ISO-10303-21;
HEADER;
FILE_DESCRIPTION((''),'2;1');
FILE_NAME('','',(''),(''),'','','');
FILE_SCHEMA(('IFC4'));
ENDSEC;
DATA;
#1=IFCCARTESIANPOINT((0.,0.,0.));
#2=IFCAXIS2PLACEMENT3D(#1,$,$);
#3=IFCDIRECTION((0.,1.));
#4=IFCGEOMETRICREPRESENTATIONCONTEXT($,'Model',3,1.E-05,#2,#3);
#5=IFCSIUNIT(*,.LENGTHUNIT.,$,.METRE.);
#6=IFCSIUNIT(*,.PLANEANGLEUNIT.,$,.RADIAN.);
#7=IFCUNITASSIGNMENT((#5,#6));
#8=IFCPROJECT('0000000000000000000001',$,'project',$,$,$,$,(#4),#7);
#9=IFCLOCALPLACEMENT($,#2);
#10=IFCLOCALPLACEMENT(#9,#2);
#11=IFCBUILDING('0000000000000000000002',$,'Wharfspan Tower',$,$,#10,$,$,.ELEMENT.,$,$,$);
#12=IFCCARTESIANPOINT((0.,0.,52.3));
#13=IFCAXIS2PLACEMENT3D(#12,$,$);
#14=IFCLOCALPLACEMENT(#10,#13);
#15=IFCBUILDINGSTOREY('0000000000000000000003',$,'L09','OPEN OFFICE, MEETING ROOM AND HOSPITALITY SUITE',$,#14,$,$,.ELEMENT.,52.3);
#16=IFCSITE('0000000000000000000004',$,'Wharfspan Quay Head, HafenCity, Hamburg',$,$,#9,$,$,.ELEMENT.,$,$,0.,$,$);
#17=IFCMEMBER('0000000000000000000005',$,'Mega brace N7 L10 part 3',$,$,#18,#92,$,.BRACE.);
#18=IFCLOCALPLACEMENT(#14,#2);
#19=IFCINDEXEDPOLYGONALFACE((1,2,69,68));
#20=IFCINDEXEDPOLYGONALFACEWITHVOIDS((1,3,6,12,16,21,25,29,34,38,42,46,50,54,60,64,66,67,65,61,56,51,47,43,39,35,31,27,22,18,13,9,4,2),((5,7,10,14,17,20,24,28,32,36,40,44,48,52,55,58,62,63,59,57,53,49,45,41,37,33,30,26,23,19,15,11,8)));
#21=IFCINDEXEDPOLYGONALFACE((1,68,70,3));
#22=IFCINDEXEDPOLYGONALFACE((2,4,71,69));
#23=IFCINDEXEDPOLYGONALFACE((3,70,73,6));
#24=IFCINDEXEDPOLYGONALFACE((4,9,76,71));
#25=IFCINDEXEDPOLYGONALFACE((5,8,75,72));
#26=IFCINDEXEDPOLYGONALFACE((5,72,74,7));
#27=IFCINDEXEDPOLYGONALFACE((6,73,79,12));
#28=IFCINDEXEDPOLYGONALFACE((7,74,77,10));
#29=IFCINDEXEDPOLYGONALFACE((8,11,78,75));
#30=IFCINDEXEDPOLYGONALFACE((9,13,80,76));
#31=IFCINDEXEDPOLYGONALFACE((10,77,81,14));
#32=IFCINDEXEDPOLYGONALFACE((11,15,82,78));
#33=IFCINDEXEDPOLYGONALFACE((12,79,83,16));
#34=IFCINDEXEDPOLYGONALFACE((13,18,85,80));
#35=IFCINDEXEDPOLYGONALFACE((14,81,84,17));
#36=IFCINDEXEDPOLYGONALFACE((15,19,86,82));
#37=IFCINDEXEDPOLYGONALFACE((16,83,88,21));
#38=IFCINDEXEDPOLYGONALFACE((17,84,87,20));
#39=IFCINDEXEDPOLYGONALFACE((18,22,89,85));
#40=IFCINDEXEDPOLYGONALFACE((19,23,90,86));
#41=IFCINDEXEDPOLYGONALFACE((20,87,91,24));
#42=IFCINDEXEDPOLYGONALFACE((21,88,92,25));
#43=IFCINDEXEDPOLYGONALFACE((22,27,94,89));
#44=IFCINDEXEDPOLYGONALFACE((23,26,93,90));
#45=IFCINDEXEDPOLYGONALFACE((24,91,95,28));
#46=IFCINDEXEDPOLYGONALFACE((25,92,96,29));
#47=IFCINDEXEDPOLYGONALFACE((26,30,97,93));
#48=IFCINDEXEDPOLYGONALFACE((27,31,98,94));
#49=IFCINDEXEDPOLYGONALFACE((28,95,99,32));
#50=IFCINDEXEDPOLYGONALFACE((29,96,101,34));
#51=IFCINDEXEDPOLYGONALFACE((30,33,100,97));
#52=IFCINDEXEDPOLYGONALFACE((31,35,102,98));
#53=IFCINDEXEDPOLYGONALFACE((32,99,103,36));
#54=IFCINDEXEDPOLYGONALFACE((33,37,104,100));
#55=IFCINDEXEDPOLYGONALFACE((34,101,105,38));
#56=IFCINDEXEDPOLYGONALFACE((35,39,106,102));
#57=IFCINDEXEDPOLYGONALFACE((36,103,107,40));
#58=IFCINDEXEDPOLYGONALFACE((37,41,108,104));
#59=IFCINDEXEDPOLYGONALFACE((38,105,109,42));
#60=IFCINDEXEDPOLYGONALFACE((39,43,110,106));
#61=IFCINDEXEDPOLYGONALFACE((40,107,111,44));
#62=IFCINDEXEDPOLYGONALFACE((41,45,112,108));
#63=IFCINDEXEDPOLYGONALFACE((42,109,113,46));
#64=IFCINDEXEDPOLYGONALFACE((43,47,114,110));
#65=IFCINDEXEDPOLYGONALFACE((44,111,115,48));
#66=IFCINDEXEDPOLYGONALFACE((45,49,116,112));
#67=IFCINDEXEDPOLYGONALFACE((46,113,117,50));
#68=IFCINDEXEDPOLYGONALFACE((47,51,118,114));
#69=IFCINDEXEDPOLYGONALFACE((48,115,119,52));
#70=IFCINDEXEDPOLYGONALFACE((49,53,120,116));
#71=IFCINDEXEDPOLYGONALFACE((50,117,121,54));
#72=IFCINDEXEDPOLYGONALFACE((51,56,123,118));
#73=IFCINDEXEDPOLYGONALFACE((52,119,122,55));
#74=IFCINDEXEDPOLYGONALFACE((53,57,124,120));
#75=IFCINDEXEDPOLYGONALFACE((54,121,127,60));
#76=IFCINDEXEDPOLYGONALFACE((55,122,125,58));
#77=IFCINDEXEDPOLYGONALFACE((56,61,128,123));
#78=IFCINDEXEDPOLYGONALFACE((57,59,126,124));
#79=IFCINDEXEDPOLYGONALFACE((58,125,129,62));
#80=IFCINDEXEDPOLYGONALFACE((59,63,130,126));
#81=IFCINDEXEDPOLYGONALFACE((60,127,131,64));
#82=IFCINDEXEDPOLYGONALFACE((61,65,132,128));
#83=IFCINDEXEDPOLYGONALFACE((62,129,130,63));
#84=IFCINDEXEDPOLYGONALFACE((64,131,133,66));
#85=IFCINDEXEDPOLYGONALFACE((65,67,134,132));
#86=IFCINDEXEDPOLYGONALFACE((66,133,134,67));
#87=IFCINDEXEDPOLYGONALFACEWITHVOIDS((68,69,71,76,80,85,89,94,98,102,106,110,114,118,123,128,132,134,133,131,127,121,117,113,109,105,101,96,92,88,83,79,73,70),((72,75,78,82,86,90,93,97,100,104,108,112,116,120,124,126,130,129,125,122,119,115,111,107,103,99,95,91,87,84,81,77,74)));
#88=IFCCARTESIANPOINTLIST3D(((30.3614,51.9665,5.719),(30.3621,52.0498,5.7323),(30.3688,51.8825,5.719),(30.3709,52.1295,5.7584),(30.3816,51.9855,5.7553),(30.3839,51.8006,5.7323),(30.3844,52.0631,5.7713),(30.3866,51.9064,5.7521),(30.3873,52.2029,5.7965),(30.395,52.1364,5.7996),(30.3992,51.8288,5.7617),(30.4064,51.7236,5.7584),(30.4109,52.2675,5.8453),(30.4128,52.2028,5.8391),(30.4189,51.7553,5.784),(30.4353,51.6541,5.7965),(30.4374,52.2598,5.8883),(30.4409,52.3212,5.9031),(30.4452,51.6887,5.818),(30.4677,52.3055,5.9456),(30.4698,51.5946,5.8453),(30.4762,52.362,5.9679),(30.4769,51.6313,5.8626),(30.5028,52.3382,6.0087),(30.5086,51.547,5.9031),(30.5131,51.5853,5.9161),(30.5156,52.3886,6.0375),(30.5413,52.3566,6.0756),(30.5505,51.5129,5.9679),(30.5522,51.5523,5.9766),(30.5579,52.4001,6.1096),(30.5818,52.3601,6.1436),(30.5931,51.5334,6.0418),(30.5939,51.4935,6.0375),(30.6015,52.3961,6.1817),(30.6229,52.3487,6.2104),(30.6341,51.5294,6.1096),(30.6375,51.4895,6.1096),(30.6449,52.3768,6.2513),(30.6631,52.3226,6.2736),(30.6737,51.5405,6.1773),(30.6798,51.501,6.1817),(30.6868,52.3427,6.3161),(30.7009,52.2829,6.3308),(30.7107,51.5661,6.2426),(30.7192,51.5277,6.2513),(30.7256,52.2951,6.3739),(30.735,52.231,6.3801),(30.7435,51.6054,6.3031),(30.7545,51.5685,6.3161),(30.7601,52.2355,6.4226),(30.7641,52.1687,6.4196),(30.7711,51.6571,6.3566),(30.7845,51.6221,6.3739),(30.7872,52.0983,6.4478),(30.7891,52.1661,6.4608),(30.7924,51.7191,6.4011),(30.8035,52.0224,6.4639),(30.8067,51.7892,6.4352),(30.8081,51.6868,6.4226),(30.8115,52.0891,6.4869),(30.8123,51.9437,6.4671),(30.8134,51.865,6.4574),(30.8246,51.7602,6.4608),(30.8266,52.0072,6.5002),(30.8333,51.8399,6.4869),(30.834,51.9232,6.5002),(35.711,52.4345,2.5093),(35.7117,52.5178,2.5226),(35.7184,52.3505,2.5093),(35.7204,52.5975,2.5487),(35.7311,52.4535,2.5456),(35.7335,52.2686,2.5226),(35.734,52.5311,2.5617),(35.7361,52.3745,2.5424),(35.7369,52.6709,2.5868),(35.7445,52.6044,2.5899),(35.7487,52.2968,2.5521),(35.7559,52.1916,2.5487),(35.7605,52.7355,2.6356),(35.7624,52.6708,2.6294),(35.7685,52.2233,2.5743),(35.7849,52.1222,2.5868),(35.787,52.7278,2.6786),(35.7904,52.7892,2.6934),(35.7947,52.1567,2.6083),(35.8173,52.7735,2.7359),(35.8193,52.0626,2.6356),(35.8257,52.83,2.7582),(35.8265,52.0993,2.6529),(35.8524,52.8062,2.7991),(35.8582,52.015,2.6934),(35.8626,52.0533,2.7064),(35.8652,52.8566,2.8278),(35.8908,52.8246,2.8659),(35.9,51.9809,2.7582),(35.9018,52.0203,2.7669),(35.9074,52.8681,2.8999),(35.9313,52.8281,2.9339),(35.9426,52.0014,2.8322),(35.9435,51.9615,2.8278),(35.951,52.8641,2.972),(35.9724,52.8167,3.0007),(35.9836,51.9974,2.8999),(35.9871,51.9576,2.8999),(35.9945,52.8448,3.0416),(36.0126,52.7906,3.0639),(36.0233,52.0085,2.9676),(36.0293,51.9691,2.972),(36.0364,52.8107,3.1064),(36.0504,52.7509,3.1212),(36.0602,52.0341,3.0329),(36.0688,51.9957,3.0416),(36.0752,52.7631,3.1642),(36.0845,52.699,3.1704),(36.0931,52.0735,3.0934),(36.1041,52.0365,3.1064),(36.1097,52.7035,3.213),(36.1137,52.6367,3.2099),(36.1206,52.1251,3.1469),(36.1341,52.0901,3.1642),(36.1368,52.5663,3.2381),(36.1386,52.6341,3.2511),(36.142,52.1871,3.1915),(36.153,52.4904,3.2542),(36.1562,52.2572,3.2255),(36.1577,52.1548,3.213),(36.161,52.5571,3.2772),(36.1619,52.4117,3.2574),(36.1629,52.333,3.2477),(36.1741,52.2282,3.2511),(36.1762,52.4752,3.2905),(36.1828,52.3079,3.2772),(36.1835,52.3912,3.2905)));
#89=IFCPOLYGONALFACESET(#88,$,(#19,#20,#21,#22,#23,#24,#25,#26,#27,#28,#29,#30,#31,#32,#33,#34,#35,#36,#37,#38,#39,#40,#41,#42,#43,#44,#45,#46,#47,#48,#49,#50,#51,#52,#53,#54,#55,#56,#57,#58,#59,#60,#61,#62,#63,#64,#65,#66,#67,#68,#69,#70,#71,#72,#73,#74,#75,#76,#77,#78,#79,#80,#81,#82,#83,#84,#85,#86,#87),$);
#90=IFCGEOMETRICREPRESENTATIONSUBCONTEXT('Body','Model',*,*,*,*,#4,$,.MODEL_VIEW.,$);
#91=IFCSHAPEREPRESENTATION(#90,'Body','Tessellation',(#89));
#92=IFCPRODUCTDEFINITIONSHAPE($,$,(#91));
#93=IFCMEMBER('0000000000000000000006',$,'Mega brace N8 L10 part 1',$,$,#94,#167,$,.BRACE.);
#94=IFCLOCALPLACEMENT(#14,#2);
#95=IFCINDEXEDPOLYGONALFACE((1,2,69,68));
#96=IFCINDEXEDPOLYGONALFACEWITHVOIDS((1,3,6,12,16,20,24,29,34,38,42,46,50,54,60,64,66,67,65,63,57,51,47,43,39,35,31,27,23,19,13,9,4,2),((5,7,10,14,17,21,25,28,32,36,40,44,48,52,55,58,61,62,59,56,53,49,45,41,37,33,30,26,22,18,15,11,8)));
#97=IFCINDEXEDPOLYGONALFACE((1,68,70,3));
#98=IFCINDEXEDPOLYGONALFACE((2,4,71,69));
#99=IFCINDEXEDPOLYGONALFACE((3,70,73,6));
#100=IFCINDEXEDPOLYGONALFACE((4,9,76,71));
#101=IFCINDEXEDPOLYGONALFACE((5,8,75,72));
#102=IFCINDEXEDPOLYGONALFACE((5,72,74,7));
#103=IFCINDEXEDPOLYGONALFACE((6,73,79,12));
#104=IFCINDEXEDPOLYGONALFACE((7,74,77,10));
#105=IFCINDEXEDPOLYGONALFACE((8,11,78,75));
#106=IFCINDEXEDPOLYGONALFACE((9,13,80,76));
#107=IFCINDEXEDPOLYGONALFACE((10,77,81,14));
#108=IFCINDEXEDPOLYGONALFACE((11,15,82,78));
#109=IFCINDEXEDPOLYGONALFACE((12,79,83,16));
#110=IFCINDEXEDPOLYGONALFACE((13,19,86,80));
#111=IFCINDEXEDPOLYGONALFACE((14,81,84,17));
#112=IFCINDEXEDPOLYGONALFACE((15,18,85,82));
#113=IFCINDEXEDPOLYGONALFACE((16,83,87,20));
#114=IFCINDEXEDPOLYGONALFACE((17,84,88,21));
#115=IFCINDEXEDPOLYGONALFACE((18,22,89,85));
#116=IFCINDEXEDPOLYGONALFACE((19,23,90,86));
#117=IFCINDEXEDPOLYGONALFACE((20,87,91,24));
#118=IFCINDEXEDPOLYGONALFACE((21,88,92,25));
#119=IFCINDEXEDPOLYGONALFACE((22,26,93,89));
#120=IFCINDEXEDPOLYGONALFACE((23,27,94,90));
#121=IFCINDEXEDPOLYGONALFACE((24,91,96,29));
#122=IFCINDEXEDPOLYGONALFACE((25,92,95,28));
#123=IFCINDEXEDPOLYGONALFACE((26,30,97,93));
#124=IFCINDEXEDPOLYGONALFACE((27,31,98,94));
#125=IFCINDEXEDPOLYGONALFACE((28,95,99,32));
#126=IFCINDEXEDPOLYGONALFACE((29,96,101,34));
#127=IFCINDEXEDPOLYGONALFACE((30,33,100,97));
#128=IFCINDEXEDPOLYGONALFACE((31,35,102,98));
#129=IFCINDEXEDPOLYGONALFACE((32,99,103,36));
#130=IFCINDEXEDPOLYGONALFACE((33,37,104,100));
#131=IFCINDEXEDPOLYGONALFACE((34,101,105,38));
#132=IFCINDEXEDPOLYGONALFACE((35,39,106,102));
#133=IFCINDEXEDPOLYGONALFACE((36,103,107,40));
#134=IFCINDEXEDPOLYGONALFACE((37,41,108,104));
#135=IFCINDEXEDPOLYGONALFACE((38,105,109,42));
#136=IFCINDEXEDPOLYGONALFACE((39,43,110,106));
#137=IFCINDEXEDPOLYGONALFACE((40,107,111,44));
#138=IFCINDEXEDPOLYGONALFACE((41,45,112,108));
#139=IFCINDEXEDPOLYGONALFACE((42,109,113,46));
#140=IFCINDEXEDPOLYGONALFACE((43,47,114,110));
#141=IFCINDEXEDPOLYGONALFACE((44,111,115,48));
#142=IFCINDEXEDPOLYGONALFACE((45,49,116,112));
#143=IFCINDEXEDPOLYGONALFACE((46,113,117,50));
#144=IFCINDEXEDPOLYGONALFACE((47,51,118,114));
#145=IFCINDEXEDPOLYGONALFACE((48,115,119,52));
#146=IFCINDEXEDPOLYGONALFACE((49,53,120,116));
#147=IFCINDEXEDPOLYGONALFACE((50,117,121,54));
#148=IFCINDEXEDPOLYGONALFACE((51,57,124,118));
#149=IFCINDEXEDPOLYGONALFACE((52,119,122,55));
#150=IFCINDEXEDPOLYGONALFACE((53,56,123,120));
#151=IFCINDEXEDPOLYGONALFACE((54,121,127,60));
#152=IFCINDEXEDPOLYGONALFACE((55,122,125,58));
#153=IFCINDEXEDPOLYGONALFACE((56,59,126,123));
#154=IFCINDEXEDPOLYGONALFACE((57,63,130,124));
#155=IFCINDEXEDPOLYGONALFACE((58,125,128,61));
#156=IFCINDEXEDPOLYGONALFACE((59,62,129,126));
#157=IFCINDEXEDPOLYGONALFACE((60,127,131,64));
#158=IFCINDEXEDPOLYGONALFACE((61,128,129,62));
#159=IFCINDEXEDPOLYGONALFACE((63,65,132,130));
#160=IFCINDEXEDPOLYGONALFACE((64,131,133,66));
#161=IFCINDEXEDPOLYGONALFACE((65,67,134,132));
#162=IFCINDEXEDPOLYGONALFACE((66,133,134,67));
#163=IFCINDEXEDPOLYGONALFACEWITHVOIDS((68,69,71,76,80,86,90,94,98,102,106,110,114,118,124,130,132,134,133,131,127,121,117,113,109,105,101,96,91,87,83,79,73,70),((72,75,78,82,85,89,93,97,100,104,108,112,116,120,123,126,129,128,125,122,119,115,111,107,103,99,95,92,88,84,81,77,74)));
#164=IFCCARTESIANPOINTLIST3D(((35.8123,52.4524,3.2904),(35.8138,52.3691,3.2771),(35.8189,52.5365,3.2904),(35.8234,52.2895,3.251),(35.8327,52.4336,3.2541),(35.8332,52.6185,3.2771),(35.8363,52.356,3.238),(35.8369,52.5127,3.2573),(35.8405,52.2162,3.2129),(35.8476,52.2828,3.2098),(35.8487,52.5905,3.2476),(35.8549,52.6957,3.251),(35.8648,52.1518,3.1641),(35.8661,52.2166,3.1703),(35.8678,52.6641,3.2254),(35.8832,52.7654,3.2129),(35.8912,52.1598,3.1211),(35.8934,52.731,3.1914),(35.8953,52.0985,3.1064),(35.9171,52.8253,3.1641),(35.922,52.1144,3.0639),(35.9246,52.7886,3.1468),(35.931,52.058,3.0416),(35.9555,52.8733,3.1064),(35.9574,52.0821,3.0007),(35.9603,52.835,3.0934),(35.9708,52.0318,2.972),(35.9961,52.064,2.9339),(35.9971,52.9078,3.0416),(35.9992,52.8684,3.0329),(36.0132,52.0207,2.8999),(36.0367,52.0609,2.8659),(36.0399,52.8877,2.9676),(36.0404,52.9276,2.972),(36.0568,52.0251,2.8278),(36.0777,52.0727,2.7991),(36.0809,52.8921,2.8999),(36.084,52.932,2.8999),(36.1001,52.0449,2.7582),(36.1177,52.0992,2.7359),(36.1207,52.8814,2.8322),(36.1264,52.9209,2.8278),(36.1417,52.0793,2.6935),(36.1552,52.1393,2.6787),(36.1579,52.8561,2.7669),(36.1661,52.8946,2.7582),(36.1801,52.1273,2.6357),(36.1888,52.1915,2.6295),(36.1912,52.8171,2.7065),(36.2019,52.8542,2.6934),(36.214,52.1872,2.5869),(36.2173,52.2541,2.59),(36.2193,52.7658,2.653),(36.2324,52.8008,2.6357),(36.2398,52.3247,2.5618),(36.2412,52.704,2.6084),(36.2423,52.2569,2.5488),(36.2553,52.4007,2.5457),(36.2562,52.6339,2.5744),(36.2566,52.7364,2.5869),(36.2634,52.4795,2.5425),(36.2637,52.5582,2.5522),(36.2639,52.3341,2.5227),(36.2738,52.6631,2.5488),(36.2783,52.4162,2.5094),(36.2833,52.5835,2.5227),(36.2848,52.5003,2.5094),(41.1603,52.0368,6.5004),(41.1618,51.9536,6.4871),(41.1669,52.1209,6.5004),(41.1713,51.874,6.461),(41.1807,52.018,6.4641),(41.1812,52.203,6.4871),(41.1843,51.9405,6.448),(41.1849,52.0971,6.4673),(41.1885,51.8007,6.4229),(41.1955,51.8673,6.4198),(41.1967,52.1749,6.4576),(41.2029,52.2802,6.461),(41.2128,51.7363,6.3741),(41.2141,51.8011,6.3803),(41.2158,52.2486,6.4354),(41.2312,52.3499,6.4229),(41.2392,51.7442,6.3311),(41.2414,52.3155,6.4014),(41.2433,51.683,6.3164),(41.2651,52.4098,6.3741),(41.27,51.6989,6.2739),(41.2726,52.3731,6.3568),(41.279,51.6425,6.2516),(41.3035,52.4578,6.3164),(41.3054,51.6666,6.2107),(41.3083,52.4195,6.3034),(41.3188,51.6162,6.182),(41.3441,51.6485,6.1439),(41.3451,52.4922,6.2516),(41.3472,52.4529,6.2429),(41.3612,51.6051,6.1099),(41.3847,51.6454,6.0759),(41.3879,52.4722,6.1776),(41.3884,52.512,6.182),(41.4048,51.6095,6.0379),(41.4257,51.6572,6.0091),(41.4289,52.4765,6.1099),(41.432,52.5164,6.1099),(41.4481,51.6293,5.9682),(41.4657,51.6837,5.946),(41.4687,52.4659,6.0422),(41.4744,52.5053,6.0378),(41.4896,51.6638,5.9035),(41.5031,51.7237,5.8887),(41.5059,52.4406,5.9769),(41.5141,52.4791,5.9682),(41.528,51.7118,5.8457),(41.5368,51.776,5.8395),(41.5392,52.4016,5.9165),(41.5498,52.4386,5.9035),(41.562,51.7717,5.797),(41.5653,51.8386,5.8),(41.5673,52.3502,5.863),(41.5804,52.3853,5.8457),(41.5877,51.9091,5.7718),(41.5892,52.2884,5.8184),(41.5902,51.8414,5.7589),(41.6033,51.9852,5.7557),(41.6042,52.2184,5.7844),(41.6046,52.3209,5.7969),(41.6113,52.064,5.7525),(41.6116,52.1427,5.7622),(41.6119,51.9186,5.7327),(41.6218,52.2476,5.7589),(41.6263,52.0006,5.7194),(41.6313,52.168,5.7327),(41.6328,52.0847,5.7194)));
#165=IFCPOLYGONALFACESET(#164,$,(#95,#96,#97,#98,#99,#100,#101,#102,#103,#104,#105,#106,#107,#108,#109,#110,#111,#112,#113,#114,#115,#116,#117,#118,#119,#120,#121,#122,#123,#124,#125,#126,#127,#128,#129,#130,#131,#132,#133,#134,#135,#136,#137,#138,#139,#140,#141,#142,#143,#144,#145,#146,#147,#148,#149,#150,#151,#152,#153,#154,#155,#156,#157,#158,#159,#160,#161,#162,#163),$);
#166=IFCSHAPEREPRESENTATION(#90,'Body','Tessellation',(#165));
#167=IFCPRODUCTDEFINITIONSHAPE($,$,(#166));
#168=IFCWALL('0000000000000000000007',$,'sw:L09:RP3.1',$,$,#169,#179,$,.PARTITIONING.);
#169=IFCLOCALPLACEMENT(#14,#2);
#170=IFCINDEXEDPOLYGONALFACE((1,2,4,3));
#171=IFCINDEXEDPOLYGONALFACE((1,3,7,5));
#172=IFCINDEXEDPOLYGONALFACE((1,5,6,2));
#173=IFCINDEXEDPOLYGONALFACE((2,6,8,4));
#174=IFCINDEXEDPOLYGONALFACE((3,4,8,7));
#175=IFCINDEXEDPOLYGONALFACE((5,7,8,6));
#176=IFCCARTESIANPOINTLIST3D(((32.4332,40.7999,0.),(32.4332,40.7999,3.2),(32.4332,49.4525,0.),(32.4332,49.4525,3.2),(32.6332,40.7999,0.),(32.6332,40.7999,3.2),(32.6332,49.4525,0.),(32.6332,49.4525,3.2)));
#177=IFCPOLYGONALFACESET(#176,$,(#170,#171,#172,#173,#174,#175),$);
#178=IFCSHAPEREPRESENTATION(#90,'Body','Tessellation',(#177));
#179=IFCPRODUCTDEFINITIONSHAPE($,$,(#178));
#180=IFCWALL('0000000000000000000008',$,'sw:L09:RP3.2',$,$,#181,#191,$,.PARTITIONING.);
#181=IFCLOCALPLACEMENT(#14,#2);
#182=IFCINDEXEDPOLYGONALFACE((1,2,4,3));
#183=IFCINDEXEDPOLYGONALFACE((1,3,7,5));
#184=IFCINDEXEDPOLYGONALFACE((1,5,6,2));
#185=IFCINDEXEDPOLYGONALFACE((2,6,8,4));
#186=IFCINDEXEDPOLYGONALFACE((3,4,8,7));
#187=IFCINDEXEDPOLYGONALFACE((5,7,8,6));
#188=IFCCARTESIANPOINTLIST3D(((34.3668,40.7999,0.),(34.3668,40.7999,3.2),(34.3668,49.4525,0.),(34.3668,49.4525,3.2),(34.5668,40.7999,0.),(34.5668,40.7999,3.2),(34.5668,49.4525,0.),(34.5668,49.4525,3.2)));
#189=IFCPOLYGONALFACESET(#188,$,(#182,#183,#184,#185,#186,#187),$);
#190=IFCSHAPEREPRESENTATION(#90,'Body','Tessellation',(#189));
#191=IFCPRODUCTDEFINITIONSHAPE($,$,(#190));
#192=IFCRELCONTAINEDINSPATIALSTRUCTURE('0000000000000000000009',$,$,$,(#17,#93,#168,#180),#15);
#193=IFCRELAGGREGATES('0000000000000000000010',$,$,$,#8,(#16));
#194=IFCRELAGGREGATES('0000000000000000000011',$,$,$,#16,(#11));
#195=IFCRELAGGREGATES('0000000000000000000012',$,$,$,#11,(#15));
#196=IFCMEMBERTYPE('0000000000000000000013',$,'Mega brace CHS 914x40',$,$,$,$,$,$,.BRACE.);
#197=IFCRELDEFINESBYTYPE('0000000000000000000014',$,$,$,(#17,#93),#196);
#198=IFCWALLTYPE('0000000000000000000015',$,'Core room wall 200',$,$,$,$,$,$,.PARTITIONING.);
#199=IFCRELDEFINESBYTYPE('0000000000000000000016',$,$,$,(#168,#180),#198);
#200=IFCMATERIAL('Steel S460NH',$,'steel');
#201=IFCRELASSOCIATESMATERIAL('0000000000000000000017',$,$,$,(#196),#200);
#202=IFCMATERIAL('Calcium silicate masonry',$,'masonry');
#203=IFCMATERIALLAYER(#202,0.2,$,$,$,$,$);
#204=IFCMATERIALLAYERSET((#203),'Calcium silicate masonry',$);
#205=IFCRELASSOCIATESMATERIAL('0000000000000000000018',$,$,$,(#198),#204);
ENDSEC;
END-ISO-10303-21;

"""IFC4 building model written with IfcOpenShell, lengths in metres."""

from ifc_helpers import new_model, si_unit, direction, frame, frame_2d, origin, origin_2d, place, context, subcontext, project, spatial, rectangle, hollow_circle, extrude, material, layer, layer_set, material_profile, profile_set, type_object, element, save


model = new_model("IFC4")

# Units and contexts
model_context = context("Model", 3, precision=1e-05, world=origin(), true_north=direction((0.0, 1.0)))
body_context = subcontext(model_context, "Body", "Model", "MODEL_VIEW")
ifc_project = project(units=[si_unit("LENGTHUNIT", "METRE"), si_unit("PLANEANGLEUNIT", "RADIAN")], contexts=[model_context])

# Site, building, storey
site_placement = place(None, origin())
site = spatial("IfcSite", under=ifc_project, at=site_placement, Name="Wharfspan Quay Head, HafenCity, Hamburg", CompositionType="ELEMENT", RefElevation=0.0)
building_placement = place(site_placement, origin())
building = spatial("IfcBuilding", under=site, at=building_placement, Name="Wharfspan Tower", CompositionType="ELEMENT")
storey_placement = place(building_placement, frame((0.0, 0.0, 52.3)))
storey = spatial("IfcBuildingStorey", under=building, at=storey_placement, Name="L09", Description="OPEN OFFICE, MEETING ROOM AND HOSPITALITY SUITE", CompositionType="ELEMENT", Elevation=52.3)

# Members
ifc_material_1 = material(Name="Steel S460NH", Category="steel")
ifc_material_profile_1 = material_profile(ifc_material_1, hollow_circle(Radius=0.457, WallThickness=0.04, at=origin_2d()))
ifc_profile_set_1 = profile_set([ifc_material_profile_1], Name="Steel S460NH")
member_type = type_object("IfcMemberType", Name="Mega brace CHS 914x40", PredefinedType="BRACE", material=ifc_profile_set_1)
member_1_placement = place(storey_placement, frame((35.9473, 52.4128, 2.8999), z_axis=(-0.855094, -0.074809, 0.513048), x_axis=(0.087154, -0.996195, 0.000001)))
element("IfcMember", 1, at=member_1_placement, inside=storey, type_object=member_type, Name="Mega brace N7 L10 part 3", PredefinedType="BRACE", context=body_context, shape_type="SweptSolid", body=[
    extrude(hollow_circle(Radius=0.457, WallThickness=0.04, at=origin_2d()), origin(), (0.0, 0.0, 1.0), 6.2561),
])
member_2_placement = place(storey_placement, frame((36.0486, 52.4763, 2.8999), z_axis=(0.85551, -0.066472, 0.513501), x_axis=(0.077467, 0.996995, -0.000003)))
element("IfcMember", 2, at=member_2_placement, inside=storey, type_object=member_type, Name="Mega brace N8 L10 part 1", PredefinedType="BRACE", context=body_context, shape_type="SweptSolid", body=[
    extrude(hollow_circle(Radius=0.457, WallThickness=0.04, at=origin_2d()), origin(), (0.0, 0.0, 1.0), 6.2512),
])

# Walls
ifc_material_2 = material(Name="Calcium silicate masonry", Category="masonry")
ifc_layer_1 = layer(ifc_material_2, 0.2)
ifc_layer_set_1 = layer_set([ifc_layer_1], Name="Calcium silicate masonry")
wall_type_1 = type_object("IfcWallType", Name="Core room wall 200", PredefinedType="PARTITIONING", material=ifc_layer_set_1)
for number, where, z_axis, x_axis, name in (
    (3, (32.5332, 40.8, 0.0), (0.0, 0.0, 1.0), (0.0, 1.0, 0.0), "sw:L09:RP3.1"),
    (4, (34.4668, 40.8, 0.0), (0.0, 0.0, 1.0), (0.0, 1.0, 0.0), "sw:L09:RP3.2"),
):
    element("IfcWall", number, at=place(storey_placement, frame(where, z_axis=z_axis, x_axis=x_axis)), inside=storey, type_object=wall_type_1, Name=name, PredefinedType="PARTITIONING", context=body_context, shape_type="SweptSolid", body=[
        extrude(rectangle(XDim=8.6526, YDim=0.2, at=frame_2d((4.3262, 0.0))), origin(), (0.0, 0.0, 1.0), 3.2),
    ])

save(model, "model.ifc")
